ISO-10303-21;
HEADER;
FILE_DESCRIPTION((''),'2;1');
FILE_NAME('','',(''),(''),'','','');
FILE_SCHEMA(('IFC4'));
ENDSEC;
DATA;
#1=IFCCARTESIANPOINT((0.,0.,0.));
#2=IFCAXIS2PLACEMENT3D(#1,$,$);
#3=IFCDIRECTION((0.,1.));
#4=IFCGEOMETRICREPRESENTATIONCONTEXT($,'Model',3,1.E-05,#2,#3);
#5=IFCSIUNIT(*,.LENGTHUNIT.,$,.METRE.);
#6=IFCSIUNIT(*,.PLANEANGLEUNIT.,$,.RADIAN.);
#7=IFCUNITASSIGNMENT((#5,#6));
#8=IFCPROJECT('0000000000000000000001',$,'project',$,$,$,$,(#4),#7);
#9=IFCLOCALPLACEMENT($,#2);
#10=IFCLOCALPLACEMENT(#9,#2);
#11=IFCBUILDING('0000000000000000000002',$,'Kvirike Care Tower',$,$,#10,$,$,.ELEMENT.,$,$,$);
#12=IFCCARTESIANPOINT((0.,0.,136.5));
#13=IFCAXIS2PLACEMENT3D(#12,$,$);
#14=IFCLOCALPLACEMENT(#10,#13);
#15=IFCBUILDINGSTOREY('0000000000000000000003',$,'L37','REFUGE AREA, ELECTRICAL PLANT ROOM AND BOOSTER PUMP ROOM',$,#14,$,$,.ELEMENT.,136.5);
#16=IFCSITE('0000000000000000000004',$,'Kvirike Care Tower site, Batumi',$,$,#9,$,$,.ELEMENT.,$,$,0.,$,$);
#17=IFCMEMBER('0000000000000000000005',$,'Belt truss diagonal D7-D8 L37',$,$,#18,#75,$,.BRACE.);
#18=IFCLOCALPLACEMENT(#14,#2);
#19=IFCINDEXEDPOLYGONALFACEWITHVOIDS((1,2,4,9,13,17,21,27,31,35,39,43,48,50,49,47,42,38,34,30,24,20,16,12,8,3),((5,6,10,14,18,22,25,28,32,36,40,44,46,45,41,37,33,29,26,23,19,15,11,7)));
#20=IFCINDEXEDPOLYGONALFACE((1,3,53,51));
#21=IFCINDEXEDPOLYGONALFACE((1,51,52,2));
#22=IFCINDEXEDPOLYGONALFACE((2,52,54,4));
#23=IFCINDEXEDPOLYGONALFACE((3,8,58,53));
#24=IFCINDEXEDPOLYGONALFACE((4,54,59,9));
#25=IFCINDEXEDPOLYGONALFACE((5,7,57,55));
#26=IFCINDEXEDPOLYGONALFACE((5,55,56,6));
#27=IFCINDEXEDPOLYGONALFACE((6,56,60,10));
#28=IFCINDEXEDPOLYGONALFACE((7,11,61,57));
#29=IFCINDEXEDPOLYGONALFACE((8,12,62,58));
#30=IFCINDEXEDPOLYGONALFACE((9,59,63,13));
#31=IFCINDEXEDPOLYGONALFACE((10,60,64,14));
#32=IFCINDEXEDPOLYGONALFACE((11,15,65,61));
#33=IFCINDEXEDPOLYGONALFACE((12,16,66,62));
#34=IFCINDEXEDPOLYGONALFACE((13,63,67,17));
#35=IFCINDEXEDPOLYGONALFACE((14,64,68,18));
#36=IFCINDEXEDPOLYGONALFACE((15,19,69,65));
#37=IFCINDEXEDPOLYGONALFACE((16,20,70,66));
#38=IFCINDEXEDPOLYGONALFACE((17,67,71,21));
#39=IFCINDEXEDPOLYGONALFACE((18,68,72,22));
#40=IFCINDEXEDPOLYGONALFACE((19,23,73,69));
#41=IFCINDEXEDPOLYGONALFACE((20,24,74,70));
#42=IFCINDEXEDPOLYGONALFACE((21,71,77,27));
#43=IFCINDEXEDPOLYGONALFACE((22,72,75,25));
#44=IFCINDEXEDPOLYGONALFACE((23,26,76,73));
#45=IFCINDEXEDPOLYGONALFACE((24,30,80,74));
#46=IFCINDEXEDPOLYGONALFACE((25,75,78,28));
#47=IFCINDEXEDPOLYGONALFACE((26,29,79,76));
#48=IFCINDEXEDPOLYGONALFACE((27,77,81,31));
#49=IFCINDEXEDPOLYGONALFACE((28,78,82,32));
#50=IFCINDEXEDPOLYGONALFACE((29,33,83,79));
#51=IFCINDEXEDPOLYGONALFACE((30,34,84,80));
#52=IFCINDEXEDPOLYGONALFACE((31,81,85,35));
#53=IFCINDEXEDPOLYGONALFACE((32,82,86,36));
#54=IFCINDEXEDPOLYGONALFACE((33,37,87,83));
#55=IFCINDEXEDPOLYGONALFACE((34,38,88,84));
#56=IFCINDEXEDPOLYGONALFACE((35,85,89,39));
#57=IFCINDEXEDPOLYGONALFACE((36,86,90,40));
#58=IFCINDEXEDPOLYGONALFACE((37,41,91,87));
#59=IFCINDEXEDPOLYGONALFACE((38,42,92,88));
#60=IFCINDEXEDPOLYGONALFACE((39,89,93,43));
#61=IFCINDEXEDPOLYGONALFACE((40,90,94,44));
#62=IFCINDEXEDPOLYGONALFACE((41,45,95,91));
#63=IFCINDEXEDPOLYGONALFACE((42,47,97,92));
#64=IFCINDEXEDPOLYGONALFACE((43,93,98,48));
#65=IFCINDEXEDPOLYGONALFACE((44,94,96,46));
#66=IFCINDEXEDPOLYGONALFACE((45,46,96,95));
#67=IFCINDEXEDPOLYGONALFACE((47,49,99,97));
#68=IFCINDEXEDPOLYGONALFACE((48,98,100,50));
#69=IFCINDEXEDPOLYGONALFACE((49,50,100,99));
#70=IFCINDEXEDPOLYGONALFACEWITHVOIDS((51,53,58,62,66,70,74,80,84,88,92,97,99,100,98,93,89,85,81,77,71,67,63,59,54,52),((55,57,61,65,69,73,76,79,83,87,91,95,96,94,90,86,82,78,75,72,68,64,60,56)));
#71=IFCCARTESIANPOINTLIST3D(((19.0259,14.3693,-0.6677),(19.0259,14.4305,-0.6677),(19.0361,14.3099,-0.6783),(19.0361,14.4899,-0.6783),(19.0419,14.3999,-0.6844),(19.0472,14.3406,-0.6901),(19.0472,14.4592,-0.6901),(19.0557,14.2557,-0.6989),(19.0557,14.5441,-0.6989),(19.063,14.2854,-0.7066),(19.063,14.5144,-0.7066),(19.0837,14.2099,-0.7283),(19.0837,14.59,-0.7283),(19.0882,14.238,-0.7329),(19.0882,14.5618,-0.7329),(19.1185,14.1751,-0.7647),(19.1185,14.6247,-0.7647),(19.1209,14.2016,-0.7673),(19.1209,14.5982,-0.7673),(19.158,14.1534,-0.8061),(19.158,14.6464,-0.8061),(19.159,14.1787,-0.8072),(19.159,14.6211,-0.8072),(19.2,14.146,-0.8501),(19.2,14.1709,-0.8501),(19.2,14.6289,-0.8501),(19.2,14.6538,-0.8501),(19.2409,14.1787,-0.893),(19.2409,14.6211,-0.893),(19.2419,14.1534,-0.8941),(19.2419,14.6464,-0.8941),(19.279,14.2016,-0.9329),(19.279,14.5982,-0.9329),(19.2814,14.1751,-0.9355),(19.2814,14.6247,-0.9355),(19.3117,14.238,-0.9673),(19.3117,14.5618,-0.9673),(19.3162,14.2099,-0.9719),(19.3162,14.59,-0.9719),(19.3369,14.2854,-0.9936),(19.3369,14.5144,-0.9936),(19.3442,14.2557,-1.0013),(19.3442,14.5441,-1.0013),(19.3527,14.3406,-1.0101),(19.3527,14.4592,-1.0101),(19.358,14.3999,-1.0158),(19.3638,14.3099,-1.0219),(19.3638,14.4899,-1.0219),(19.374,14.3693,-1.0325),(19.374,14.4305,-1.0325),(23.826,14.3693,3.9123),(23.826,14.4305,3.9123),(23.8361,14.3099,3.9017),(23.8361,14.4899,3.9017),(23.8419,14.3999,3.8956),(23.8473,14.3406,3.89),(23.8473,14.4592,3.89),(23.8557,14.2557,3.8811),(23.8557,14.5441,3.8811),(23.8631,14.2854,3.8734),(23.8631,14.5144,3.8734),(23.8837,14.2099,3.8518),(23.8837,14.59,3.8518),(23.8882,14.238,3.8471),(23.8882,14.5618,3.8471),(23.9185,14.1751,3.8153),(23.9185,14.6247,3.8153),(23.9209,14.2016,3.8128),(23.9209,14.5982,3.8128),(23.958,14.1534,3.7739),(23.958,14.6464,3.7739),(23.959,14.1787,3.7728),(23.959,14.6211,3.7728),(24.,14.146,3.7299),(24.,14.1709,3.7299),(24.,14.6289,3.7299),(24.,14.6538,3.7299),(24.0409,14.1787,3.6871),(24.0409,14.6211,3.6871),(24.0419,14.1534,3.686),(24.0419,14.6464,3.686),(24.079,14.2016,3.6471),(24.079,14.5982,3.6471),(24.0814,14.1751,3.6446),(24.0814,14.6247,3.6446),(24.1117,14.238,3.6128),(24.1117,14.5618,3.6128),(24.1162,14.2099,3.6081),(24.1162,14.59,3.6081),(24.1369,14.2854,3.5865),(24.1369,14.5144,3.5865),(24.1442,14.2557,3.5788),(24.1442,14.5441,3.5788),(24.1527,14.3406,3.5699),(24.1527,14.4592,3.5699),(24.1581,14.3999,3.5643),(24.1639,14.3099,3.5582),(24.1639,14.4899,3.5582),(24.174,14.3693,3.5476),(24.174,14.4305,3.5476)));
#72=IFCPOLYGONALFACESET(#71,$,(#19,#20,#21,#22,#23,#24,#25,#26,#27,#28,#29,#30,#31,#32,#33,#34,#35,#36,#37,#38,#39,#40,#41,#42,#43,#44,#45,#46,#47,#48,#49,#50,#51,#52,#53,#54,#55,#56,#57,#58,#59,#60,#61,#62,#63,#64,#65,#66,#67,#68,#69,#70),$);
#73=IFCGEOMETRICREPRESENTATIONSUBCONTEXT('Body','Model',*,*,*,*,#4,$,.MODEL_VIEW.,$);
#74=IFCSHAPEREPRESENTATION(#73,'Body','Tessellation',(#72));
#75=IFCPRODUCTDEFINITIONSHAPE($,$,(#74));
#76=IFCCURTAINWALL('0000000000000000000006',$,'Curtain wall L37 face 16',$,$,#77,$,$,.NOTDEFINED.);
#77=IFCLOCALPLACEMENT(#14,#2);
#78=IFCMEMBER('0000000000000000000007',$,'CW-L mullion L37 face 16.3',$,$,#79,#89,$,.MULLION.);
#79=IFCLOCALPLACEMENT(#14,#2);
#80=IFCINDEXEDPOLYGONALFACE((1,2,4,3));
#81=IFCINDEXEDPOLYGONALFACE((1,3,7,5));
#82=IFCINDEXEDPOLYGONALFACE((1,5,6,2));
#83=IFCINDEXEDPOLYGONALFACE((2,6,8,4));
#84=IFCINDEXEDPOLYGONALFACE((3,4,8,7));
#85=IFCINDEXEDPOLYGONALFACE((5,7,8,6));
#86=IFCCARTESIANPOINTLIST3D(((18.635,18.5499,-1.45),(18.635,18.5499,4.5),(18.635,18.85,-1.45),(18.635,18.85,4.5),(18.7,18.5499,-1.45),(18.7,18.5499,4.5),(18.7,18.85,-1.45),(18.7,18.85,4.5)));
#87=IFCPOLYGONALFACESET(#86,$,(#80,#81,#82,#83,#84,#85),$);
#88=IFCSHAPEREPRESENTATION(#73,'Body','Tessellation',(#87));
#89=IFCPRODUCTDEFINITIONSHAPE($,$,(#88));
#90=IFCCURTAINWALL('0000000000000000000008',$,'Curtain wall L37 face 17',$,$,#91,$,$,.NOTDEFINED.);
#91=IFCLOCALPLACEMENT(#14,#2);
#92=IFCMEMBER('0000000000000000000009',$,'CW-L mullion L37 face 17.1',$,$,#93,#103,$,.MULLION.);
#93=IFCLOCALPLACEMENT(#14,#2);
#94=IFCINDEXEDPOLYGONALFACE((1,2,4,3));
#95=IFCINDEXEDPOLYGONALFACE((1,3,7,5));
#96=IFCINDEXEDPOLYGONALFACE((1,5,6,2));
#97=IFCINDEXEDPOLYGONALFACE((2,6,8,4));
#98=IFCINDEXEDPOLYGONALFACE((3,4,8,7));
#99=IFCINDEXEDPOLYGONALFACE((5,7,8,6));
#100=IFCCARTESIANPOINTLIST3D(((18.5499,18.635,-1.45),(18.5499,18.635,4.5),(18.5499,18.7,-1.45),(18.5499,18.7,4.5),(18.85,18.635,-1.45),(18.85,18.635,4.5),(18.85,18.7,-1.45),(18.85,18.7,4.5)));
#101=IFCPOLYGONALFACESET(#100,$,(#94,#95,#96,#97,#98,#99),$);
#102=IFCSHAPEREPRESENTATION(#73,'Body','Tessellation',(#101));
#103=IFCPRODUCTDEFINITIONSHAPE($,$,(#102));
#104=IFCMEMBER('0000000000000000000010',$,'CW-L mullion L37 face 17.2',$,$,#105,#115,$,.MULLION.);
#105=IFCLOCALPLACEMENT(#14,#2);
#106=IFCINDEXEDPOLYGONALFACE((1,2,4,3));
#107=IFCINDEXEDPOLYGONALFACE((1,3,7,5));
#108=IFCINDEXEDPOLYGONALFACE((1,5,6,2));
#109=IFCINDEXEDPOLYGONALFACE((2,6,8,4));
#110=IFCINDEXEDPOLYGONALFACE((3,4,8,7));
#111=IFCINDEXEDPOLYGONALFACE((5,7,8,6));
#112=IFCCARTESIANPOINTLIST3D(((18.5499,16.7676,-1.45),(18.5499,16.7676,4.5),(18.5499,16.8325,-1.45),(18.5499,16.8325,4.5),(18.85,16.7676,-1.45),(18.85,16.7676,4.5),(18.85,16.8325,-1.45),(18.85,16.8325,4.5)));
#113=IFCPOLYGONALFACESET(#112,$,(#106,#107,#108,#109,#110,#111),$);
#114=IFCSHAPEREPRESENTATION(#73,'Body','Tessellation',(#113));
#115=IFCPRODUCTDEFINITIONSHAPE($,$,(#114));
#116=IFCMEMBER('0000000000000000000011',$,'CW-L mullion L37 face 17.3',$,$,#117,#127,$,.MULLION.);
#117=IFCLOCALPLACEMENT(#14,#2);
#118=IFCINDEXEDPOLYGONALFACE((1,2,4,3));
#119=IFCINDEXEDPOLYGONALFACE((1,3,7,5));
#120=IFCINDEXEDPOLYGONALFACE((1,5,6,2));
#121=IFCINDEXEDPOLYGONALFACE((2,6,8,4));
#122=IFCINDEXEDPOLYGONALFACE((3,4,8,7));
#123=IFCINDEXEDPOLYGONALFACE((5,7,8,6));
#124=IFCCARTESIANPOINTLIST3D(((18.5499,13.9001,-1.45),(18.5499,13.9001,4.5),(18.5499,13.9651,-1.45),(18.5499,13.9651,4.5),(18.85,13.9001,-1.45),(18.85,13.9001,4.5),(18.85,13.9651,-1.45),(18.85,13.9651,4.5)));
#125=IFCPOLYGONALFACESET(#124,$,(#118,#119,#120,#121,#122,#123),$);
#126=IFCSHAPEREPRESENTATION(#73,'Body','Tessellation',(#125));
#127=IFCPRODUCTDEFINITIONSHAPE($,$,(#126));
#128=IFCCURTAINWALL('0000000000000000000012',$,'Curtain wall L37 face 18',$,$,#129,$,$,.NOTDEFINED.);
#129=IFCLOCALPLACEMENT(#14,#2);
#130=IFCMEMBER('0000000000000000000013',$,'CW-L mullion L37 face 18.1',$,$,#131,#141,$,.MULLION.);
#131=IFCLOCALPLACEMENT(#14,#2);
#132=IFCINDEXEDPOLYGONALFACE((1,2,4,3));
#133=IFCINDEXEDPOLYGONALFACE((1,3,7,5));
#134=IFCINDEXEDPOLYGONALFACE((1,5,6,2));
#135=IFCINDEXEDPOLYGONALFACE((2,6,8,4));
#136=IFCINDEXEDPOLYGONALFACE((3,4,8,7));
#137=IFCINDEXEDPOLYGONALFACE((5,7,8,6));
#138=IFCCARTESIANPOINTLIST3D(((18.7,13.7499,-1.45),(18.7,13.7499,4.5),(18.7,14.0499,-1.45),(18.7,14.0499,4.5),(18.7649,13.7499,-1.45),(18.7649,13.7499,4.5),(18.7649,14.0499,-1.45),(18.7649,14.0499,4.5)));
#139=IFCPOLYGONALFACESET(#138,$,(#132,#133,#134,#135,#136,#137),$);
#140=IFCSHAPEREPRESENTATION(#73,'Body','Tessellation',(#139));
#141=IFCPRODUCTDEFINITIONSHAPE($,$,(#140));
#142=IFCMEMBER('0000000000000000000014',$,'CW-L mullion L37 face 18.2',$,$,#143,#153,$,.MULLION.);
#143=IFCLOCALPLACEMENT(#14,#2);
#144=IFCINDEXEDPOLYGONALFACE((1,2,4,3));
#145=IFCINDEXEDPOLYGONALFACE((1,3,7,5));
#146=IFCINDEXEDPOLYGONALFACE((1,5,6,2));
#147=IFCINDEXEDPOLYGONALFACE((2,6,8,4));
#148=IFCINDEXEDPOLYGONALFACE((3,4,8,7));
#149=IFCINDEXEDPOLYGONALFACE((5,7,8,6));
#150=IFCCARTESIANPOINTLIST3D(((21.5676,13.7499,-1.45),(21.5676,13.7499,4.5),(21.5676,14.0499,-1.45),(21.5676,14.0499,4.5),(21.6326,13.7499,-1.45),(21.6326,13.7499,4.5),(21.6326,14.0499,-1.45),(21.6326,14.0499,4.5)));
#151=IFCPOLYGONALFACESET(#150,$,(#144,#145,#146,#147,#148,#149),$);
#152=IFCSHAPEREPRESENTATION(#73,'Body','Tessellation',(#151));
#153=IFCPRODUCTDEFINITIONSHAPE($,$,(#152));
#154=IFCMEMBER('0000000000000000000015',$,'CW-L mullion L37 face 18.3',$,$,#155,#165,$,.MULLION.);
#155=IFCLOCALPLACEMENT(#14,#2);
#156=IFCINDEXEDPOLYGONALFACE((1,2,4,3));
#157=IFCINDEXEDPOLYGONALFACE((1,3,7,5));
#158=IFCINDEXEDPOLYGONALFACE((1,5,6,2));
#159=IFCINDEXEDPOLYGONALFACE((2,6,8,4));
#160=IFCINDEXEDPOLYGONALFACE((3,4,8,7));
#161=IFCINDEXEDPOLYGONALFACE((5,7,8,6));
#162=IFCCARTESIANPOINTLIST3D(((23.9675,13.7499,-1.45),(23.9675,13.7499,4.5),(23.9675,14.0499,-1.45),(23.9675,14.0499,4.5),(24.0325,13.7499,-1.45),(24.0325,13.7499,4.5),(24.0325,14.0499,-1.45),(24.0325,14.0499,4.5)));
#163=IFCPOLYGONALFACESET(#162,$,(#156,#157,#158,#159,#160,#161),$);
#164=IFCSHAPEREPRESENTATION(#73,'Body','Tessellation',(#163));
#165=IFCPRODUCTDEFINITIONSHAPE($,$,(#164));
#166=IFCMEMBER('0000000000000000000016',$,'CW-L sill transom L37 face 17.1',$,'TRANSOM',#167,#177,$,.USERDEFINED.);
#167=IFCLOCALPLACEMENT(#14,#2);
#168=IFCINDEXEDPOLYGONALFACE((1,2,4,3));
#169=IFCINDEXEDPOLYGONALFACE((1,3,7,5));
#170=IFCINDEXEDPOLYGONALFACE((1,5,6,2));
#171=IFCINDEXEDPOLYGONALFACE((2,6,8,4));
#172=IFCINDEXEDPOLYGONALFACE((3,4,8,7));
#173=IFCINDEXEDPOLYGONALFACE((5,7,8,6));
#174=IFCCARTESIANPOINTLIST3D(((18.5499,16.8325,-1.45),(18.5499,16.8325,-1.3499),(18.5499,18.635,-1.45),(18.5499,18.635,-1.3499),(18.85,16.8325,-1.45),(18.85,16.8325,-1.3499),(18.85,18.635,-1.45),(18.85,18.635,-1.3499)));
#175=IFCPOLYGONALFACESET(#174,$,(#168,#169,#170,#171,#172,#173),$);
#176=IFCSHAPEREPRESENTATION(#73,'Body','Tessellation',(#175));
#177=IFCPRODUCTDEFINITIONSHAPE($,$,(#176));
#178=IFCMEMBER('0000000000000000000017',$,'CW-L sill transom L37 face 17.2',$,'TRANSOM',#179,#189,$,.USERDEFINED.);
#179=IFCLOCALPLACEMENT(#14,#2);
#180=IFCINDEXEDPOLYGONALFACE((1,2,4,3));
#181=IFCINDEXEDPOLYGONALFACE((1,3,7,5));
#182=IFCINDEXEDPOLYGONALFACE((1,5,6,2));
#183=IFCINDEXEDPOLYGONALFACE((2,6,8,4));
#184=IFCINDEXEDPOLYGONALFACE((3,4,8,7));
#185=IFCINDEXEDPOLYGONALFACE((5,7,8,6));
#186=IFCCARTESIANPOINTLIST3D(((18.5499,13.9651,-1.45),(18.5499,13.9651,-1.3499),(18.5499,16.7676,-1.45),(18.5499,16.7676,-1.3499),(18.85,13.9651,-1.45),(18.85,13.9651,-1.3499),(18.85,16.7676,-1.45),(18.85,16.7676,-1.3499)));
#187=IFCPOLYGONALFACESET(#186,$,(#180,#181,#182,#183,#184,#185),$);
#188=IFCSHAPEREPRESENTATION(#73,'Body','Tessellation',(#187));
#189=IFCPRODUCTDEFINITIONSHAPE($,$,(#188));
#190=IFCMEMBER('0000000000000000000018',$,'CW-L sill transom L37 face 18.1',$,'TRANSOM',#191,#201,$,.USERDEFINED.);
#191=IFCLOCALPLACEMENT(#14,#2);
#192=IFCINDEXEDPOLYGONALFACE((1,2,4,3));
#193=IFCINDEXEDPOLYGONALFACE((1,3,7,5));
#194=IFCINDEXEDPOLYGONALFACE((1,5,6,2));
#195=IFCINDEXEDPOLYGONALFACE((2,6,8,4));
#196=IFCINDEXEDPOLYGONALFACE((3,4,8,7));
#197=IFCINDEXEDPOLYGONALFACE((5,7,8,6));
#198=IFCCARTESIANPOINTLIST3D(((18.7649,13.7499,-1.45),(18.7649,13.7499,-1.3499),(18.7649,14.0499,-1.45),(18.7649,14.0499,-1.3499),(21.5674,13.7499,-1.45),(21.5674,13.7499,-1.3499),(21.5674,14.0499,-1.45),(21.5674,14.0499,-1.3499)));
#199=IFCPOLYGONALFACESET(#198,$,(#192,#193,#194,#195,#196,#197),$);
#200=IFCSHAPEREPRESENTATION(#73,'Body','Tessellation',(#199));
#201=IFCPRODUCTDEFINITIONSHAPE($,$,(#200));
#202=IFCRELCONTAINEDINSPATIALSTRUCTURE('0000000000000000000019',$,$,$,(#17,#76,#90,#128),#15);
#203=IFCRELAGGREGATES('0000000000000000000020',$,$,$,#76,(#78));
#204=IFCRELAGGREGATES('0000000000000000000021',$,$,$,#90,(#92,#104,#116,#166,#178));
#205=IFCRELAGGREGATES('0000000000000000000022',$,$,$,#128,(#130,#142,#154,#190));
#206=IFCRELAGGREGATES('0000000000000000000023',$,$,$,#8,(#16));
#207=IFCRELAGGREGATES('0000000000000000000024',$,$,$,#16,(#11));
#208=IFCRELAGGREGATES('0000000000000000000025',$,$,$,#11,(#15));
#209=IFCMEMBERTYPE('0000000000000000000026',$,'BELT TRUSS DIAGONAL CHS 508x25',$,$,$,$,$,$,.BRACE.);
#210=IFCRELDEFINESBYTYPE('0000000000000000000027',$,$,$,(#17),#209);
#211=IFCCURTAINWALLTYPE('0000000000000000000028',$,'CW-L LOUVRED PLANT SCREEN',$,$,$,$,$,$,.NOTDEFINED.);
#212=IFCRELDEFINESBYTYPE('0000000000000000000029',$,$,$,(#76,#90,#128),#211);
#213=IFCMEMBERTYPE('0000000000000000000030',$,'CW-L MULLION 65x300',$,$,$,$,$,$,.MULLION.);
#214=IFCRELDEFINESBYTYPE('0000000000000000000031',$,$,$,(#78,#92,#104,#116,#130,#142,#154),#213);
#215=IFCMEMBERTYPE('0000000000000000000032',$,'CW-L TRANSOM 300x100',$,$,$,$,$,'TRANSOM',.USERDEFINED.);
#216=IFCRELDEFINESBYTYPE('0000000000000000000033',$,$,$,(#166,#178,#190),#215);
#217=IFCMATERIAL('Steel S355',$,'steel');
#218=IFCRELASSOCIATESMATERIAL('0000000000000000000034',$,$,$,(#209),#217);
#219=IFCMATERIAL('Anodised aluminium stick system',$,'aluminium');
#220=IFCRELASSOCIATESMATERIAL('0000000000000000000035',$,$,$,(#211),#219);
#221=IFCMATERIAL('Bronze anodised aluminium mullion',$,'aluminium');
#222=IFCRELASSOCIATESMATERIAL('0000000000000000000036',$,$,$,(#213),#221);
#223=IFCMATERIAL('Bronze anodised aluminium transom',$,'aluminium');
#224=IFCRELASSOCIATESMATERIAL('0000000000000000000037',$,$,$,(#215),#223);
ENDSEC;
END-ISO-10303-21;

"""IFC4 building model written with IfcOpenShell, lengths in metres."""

from ifc_helpers import new_model, si_unit, direction, frame, origin, origin_2d, place, context, subcontext, project, spatial, rectangle, hollow_circle, extrude, material, material_profile, profile_set, type_object, element, aggregate, save


model = new_model("IFC4")

# Units and contexts
model_context = context("Model", 3, precision=1e-05, world=origin(), true_north=direction((0.0, 1.0)))
body_context = subcontext(model_context, "Body", "Model", "MODEL_VIEW")
ifc_project = project(units=[si_unit("LENGTHUNIT", "METRE"), si_unit("PLANEANGLEUNIT", "RADIAN")], contexts=[model_context])

# Site, building, storey
site_placement = place(None, origin())
site = spatial("IfcSite", under=ifc_project, at=site_placement, Name="Kvirike Care Tower site, Batumi", CompositionType="ELEMENT", RefElevation=0.0)
building_placement = place(site_placement, origin())
building = spatial("IfcBuilding", under=site, at=building_placement, Name="Kvirike Care Tower", CompositionType="ELEMENT")
storey_placement = place(building_placement, frame((0.0, 0.0, 136.5)))
storey = spatial("IfcBuildingStorey", under=building, at=storey_placement, Name="L37", Description="REFUGE AREA, ELECTRICAL PLANT ROOM AND BOOSTER PUMP ROOM", CompositionType="ELEMENT", Elevation=136.5)

# Member
ifc_material_1 = material(Name="Steel S355", Category="steel")
ifc_material_profile_1 = material_profile(ifc_material_1, hollow_circle(Radius=0.2539, WallThickness=0.0249, at=origin_2d()), Name="CHS 508x25")
ifc_profile_set_1 = profile_set([ifc_material_profile_1], Name="Steel S355")
member_type_1 = type_object("IfcMemberType", Name="BELT TRUSS DIAGONAL CHS 508x25", PredefinedType="BRACE", material=ifc_profile_set_1)
for number, where, z_axis, x_axis, name in (
    (1, (19.2, 14.3999, -0.8501), (0.72349, 0.0, 0.690335), (0.0, 1.0, 0.0), "Belt truss diagonal D7-D8 L37"),
):
    element("IfcMember", number, at=place(storey_placement, frame(where, z_axis=z_axis, x_axis=x_axis)), inside=storey, type_object=member_type_1, Name=name, PredefinedType="BRACE", context=body_context, shape_type="SweptSolid", body=[
        extrude(hollow_circle(Radius=0.2539, WallThickness=0.0249, at=origin_2d()), origin(), (0.0, 0.0, 1.0), 6.6345),
    ])

# Curtain wall, member
ifc_material_2 = material(Name="Anodised aluminium stick system", Category="aluminium")
curtain_wall_type = type_object("IfcCurtainWallType", Name="CW-L LOUVRED PLANT SCREEN", PredefinedType="NOTDEFINED", material=ifc_material_2)
curtain_wall_1_placement = place(storey_placement, origin())
curtain_wall_1 = element("IfcCurtainWall", 2, at=curtain_wall_1_placement, inside=storey, type_object=curtain_wall_type, Name="Curtain wall L37 face 16", PredefinedType="NOTDEFINED")
ifc_material_3 = material(Name="Bronze anodised aluminium mullion", Category="aluminium")
ifc_material_profile_2 = material_profile(ifc_material_3, rectangle(XDim=0.0649, YDim=0.3, at=origin_2d()), Name="CW-L MULLION 65x300")
ifc_profile_set_2 = profile_set([ifc_material_profile_2], Name="Bronze anodised aluminium mullion")
member_type_2 = type_object("IfcMemberType", Name="CW-L MULLION 65x300", PredefinedType="MULLION", material=ifc_profile_set_2)
member_1_placement = place(storey_placement, frame((18.6675, 18.7, -1.45), z_axis=(0.0, 0.0, 1.0), x_axis=(1.0, 0.0, 0.0)))
member_1 = element("IfcMember", 3, at=member_1_placement, type_object=member_type_2, Name="CW-L mullion L37 face 16.3", PredefinedType="MULLION", context=body_context, shape_type="SweptSolid", body=[
    extrude(rectangle(XDim=0.0649, YDim=0.3, at=origin_2d()), origin(), (0.0, 0.0, 1.0), 5.95),
])

# Curtain walls, members
curtain_wall_2_placement = place(storey_placement, origin())
curtain_wall_2 = element("IfcCurtainWall", 4, at=curtain_wall_2_placement, inside=storey, type_object=curtain_wall_type, Name="Curtain wall L37 face 17", PredefinedType="NOTDEFINED")
member_2_placement = place(storey_placement, frame((18.7, 18.6675, -1.45), z_axis=(0.0, 0.0, 1.0), x_axis=(0.0, -1.0, 0.0)))
member_2 = element("IfcMember", 5, at=member_2_placement, type_object=member_type_2, Name="CW-L mullion L37 face 17.1", PredefinedType="MULLION", context=body_context, shape_type="SweptSolid", body=[
    extrude(rectangle(XDim=0.0649, YDim=0.3, at=origin_2d()), origin(), (0.0, 0.0, 1.0), 5.95),
])
member_3_placement = place(storey_placement, frame((18.7, 16.8, -1.45), z_axis=(0.0, 0.0, 1.0), x_axis=(0.0, -1.0, 0.0)))
member_3 = element("IfcMember", 6, at=member_3_placement, type_object=member_type_2, Name="CW-L mullion L37 face 17.2", PredefinedType="MULLION", context=body_context, shape_type="SweptSolid", body=[
    extrude(rectangle(XDim=0.0649, YDim=0.3, at=origin_2d()), origin(), (0.0, 0.0, 1.0), 5.95),
])
member_4_placement = place(storey_placement, frame((18.7, 13.9326, -1.45), z_axis=(0.0, 0.0, 1.0), x_axis=(0.0, -1.0, 0.0)))
member_4 = element("IfcMember", 7, at=member_4_placement, type_object=member_type_2, Name="CW-L mullion L37 face 17.3", PredefinedType="MULLION", context=body_context, shape_type="SweptSolid", body=[
    extrude(rectangle(XDim=0.0649, YDim=0.3, at=origin_2d()), origin(), (0.0, 0.0, 1.0), 5.95),
])
curtain_wall_3_placement = place(storey_placement, origin())
curtain_wall_3 = element("IfcCurtainWall", 8, at=curtain_wall_3_placement, inside=storey, type_object=curtain_wall_type, Name="Curtain wall L37 face 18", PredefinedType="NOTDEFINED")
member_5_placement = place(storey_placement, frame((18.7324, 13.8999, -1.45), z_axis=(0.0, 0.0, 1.0), x_axis=(1.0, 0.0, 0.0)))
member_5 = element("IfcMember", 9, at=member_5_placement, type_object=member_type_2, Name="CW-L mullion L37 face 18.1", PredefinedType="MULLION", context=body_context, shape_type="SweptSolid", body=[
    extrude(rectangle(XDim=0.0649, YDim=0.3, at=origin_2d()), origin(), (0.0, 0.0, 1.0), 5.95),
])
member_6_placement = place(storey_placement, frame((21.6001, 13.8999, -1.45), z_axis=(0.0, 0.0, 1.0), x_axis=(1.0, 0.0, 0.0)))
member_6 = element("IfcMember", 10, at=member_6_placement, type_object=member_type_2, Name="CW-L mullion L37 face 18.2", PredefinedType="MULLION", context=body_context, shape_type="SweptSolid", body=[
    extrude(rectangle(XDim=0.0649, YDim=0.3, at=origin_2d()), origin(), (0.0, 0.0, 1.0), 5.95),
])
member_7_placement = place(storey_placement, frame((24.0, 13.8999, -1.45), z_axis=(0.0, 0.0, 1.0), x_axis=(1.0, 0.0, 0.0)))
member_7 = element("IfcMember", 11, at=member_7_placement, type_object=member_type_2, Name="CW-L mullion L37 face 18.3", PredefinedType="MULLION", context=body_context, shape_type="SweptSolid", body=[
    extrude(rectangle(XDim=0.0649, YDim=0.3, at=origin_2d()), origin(), (0.0, 0.0, 1.0), 5.95),
])

# Members
ifc_material_4 = material(Name="Bronze anodised aluminium transom", Category="aluminium")
ifc_material_profile_3 = material_profile(ifc_material_4, rectangle(XDim=0.3, YDim=0.1001, at=origin_2d()), Name="CW-L TRANSOM 300x100")
ifc_profile_set_3 = profile_set([ifc_material_profile_3], Name="Bronze anodised aluminium transom")
member_type_3 = type_object("IfcMemberType", Name="CW-L TRANSOM 300x100", ElementType="TRANSOM", PredefinedType="USERDEFINED", material=ifc_profile_set_3)
member_8_placement = place(storey_placement, frame((18.7, 18.635, -1.3999), z_axis=(0.0, -1.0, 0.0), x_axis=(1.0, 0.0, 0.0)))
member_8 = element("IfcMember", 12, at=member_8_placement, type_object=member_type_3, Name="CW-L sill transom L37 face 17.1", ObjectType="TRANSOM", PredefinedType="USERDEFINED", context=body_context, shape_type="SweptSolid", body=[
    extrude(rectangle(XDim=0.3, YDim=0.1001, at=origin_2d()), origin(), (0.0, 0.0, 1.0), 1.8025),
])
member_9_placement = place(storey_placement, frame((18.7, 16.7676, -1.3999), z_axis=(0.0, -1.0, 0.0), x_axis=(1.0, 0.0, 0.0)))
member_9 = element("IfcMember", 13, at=member_9_placement, type_object=member_type_3, Name="CW-L sill transom L37 face 17.2", ObjectType="TRANSOM", PredefinedType="USERDEFINED", context=body_context, shape_type="SweptSolid", body=[
    extrude(rectangle(XDim=0.3, YDim=0.1001, at=origin_2d()), origin(), (0.0, 0.0, 1.0), 2.8025),
])
member_10_placement = place(storey_placement, frame((18.7649, 13.8999, -1.3999), z_axis=(1.0, 0.0, 0.0), x_axis=(0.0, 1.0, 0.0)))
member_10 = element("IfcMember", 14, at=member_10_placement, type_object=member_type_3, Name="CW-L sill transom L37 face 18.1", ObjectType="TRANSOM", PredefinedType="USERDEFINED", context=body_context, shape_type="SweptSolid", body=[
    extrude(rectangle(XDim=0.3, YDim=0.1001, at=origin_2d()), origin(), (0.0, 0.0, 1.0), 2.8025),
])

aggregate(curtain_wall_1, [member_1])
aggregate(curtain_wall_2, [member_2, member_3, member_4, member_8, member_9])
aggregate(curtain_wall_3, [member_5, member_6, member_7, member_10])

save(model, "model.ifc")
